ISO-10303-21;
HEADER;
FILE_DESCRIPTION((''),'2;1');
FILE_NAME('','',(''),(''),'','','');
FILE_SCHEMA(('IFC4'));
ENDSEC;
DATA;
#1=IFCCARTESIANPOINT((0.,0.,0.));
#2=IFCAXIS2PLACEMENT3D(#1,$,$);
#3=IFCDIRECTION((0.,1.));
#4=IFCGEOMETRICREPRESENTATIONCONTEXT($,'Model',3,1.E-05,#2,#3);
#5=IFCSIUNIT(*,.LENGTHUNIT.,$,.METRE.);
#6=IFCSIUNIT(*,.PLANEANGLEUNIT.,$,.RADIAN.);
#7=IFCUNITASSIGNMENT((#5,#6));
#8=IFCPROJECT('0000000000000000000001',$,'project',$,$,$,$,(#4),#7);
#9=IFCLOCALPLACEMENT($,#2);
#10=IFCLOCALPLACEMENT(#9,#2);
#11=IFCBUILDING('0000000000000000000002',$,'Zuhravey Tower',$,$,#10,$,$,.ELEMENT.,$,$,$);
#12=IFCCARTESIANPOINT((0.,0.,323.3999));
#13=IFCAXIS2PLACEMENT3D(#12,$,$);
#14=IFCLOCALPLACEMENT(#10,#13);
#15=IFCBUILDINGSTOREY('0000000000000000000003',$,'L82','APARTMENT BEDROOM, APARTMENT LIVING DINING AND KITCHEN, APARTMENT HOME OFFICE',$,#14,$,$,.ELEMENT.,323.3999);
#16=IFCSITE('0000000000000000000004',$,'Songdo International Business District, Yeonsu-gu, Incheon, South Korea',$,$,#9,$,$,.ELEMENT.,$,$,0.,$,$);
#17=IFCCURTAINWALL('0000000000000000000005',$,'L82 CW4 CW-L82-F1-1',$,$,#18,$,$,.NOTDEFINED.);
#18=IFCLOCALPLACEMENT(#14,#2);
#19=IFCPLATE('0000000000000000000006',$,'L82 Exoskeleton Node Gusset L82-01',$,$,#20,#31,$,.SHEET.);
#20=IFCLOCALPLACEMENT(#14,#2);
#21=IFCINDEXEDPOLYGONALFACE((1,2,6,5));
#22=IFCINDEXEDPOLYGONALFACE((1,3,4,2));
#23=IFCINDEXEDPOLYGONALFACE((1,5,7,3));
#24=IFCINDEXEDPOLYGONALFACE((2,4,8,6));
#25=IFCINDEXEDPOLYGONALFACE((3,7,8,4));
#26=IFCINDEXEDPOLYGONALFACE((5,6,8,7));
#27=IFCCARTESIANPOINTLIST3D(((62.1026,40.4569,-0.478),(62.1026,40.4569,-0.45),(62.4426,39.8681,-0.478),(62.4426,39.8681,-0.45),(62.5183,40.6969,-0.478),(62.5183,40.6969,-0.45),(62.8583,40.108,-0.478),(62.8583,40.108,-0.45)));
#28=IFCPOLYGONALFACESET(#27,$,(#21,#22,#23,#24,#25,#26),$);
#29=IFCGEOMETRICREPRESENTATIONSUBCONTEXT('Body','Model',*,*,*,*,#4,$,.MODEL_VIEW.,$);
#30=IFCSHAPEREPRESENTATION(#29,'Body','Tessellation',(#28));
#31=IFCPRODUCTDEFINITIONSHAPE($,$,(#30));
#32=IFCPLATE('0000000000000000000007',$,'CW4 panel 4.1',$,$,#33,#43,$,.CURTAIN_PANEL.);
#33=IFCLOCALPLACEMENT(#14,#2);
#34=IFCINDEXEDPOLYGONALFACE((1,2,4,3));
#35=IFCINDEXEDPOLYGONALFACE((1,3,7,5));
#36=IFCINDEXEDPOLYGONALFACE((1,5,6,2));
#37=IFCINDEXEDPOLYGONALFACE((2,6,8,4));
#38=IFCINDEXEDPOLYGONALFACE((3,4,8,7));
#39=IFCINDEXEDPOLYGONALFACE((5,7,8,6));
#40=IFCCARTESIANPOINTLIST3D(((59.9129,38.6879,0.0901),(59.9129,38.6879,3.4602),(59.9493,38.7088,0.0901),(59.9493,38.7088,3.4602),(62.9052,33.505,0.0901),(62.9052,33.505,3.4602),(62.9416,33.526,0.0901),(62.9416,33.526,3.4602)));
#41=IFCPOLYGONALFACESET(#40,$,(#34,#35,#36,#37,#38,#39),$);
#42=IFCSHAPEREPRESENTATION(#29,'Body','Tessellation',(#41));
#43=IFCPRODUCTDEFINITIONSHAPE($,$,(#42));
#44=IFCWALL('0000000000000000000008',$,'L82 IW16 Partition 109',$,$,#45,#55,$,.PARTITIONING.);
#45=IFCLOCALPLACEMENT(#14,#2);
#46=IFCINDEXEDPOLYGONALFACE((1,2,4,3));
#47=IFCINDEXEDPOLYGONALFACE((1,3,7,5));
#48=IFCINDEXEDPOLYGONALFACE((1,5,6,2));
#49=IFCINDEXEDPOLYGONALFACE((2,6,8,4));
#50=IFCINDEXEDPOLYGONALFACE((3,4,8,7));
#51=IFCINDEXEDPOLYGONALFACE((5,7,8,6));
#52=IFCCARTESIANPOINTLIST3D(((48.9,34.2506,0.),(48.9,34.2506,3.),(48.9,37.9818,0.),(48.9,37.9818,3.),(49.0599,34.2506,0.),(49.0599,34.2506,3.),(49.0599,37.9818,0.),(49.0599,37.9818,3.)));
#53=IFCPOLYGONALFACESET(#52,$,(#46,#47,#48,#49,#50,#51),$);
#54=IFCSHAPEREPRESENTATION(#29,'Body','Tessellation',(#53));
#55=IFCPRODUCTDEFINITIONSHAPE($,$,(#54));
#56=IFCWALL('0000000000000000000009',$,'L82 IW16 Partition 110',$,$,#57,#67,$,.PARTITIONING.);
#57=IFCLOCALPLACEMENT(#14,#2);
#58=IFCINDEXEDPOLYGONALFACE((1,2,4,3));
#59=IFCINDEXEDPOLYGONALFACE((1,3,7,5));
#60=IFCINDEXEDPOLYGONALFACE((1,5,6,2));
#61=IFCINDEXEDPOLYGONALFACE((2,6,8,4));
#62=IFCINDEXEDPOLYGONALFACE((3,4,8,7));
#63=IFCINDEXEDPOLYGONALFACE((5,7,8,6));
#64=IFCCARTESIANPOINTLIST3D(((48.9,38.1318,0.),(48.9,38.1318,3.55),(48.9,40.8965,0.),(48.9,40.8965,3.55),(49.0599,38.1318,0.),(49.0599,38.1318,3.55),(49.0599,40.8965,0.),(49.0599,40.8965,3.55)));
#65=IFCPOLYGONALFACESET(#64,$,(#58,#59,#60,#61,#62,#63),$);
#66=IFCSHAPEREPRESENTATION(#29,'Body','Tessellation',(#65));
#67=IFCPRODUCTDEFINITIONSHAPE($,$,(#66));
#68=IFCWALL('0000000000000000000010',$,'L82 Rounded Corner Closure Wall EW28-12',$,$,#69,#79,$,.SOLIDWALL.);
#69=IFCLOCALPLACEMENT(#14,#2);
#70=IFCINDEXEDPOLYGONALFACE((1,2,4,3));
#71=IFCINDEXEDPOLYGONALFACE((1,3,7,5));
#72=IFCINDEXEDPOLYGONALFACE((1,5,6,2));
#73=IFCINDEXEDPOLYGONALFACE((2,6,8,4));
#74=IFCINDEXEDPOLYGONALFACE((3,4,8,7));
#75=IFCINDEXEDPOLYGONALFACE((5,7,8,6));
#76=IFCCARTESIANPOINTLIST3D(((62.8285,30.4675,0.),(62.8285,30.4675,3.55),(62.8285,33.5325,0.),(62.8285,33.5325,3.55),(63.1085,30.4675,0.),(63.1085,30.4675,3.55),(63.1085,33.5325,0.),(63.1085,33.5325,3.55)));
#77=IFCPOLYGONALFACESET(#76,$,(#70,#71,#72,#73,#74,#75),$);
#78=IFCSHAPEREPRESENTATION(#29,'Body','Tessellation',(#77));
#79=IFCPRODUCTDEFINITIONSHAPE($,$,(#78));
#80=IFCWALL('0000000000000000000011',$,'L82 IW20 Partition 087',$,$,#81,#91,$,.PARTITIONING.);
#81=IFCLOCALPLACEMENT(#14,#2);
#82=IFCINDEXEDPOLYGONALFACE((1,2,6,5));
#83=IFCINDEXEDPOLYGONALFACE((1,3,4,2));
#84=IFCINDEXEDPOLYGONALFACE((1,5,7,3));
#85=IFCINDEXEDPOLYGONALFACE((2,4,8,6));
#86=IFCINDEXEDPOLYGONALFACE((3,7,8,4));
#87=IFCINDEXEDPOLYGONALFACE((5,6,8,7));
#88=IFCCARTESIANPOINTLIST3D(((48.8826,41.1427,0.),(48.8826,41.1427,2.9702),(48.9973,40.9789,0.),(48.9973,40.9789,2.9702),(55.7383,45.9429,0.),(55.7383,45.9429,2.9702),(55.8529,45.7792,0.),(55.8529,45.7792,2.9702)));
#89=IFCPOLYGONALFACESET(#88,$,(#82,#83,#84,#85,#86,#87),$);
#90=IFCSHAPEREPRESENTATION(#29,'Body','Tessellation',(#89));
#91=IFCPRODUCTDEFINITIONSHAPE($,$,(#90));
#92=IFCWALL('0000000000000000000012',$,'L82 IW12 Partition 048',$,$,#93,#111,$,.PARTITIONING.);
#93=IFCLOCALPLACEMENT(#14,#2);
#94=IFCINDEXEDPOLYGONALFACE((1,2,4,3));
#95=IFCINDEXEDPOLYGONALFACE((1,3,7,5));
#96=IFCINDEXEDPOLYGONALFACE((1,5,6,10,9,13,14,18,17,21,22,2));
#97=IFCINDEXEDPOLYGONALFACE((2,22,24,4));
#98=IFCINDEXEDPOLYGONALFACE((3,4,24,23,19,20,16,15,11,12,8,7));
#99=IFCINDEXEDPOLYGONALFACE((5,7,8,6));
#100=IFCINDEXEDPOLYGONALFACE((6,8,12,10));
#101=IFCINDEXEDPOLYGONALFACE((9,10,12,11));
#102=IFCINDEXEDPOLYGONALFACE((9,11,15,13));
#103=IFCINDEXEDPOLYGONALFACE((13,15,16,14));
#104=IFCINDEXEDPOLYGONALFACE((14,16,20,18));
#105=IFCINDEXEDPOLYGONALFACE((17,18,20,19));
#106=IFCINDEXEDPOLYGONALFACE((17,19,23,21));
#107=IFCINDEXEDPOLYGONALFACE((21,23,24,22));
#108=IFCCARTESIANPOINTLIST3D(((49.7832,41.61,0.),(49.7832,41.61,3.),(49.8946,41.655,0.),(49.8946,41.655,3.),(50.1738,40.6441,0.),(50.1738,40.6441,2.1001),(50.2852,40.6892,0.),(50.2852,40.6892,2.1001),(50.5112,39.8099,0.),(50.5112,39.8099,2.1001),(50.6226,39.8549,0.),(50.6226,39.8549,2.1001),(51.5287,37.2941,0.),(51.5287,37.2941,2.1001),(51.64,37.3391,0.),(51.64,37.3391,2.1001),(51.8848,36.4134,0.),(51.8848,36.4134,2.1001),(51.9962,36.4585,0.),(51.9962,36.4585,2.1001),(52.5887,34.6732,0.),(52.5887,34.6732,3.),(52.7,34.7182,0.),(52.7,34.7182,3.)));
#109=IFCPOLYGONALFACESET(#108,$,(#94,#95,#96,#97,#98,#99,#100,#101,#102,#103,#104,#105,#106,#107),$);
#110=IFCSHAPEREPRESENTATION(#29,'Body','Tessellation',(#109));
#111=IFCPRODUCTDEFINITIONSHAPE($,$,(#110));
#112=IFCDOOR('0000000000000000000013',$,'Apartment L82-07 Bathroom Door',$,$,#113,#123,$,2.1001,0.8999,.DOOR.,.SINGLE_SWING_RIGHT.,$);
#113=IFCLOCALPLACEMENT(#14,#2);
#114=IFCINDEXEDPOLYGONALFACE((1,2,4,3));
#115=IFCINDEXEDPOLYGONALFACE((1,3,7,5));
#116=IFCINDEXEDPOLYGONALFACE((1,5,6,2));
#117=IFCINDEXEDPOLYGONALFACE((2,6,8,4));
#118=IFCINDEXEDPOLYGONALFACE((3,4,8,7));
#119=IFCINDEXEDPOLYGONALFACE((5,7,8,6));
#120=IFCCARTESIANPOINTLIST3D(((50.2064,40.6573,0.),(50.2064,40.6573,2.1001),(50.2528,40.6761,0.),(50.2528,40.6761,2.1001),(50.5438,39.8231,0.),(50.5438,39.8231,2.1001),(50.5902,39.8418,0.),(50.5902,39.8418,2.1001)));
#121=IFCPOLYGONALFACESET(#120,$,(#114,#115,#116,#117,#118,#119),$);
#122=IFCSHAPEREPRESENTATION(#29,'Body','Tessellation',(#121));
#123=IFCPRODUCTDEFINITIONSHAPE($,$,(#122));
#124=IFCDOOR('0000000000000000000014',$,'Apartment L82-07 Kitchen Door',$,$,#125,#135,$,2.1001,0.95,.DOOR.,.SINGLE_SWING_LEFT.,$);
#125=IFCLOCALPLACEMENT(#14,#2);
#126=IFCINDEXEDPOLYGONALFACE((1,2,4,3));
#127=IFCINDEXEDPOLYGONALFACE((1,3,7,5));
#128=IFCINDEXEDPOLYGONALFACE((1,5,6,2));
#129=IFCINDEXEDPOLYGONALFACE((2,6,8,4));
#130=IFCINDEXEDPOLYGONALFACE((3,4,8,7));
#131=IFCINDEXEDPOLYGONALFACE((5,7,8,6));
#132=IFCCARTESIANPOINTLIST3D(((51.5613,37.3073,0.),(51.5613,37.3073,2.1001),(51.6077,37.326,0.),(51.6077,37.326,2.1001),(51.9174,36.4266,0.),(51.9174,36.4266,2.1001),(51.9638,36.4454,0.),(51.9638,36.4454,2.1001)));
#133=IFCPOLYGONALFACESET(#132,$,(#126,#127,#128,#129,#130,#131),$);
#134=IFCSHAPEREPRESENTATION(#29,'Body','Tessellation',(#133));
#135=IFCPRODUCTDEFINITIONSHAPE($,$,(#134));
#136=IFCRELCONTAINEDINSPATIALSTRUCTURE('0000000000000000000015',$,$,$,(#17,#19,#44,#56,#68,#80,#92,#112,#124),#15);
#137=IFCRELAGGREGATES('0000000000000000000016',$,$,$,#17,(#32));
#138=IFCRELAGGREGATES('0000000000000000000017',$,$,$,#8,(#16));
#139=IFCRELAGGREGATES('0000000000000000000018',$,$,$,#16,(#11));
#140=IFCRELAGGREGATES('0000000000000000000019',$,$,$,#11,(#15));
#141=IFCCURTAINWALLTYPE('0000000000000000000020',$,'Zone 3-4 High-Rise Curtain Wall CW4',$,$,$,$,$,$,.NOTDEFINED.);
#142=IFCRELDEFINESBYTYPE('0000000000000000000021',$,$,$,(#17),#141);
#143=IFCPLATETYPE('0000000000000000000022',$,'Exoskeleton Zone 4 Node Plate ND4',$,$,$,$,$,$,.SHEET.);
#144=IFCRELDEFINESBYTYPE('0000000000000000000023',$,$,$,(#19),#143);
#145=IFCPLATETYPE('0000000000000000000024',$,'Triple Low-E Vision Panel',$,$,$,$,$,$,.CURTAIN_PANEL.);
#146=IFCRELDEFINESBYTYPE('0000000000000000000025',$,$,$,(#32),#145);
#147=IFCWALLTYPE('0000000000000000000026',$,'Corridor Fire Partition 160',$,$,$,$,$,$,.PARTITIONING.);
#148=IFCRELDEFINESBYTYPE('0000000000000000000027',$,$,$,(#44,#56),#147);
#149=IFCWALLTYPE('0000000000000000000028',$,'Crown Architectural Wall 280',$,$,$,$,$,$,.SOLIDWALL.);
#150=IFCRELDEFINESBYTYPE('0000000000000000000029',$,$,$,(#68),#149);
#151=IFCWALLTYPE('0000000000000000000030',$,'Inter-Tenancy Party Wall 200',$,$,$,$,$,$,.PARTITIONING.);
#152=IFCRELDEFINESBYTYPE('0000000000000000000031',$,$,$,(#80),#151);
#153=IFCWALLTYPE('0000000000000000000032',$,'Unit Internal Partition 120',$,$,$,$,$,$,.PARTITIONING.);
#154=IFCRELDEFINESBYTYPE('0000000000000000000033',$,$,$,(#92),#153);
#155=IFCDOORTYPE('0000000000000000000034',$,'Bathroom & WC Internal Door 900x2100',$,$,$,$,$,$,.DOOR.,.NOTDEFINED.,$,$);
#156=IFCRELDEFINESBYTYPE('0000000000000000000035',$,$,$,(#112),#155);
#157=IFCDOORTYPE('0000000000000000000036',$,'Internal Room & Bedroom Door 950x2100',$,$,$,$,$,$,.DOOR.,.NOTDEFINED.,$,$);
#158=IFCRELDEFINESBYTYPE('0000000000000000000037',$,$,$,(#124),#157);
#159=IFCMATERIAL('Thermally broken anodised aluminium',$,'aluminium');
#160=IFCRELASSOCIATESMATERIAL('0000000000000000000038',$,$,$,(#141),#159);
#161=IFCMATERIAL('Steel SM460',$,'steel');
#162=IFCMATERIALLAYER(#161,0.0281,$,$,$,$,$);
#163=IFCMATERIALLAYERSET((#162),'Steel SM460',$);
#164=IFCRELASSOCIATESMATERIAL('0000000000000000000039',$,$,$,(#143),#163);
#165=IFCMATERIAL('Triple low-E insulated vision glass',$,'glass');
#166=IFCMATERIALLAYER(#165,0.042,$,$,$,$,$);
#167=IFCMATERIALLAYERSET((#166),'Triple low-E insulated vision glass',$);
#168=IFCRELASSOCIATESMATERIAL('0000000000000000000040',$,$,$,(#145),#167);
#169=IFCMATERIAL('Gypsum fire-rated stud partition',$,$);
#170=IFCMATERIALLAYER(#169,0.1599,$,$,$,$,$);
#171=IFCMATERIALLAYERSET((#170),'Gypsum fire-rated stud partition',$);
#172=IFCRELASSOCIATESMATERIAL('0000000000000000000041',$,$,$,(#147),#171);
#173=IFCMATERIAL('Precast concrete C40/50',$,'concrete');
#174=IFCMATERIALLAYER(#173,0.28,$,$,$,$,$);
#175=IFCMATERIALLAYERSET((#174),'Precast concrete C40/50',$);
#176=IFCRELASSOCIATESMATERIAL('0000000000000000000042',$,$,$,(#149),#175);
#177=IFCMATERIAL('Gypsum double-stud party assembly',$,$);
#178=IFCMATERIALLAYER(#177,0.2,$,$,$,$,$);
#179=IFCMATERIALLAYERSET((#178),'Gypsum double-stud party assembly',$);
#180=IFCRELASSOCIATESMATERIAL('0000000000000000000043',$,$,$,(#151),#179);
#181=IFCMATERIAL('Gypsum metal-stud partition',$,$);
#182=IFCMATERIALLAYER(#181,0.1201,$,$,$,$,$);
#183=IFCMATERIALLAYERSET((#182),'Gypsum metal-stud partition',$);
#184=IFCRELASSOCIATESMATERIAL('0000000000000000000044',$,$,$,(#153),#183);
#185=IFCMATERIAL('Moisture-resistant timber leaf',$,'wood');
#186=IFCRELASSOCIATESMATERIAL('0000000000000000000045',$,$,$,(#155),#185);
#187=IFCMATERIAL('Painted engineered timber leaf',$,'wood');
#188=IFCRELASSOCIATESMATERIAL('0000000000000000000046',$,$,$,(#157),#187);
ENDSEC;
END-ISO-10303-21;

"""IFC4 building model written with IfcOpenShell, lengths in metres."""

from ifc_helpers import new_model, si_unit, direction, frame, frame_2d, origin, origin_2d, place, context, subcontext, project, spatial, rectangle, extrude, material, layer, layer_set, type_object, element, fill, aggregate, save


model = new_model("IFC4")

# Units and contexts
model_context = context("Model", 3, precision=1e-05, world=origin(), true_north=direction((0.0, 1.0)))
body_context = subcontext(model_context, "Body", "Model", "MODEL_VIEW")
ifc_project = project(units=[si_unit("LENGTHUNIT", "METRE"), si_unit("PLANEANGLEUNIT", "RADIAN")], contexts=[model_context])

# Site, building, storey
site_placement = place(None, origin())
site = spatial("IfcSite", under=ifc_project, at=site_placement, Name="Songdo International Business District, Yeonsu-gu, Incheon, South Korea", CompositionType="ELEMENT", RefElevation=0.0)
building_placement = place(site_placement, origin())
building = spatial("IfcBuilding", under=site, at=building_placement, Name="Zuhravey Tower", CompositionType="ELEMENT")
storey_placement = place(building_placement, frame((0.0, 0.0, 323.3999)))
storey = spatial("IfcBuildingStorey", under=building, at=storey_placement, Name="L82", Description="APARTMENT BEDROOM, APARTMENT LIVING DINING AND KITCHEN, APARTMENT HOME OFFICE", CompositionType="ELEMENT", Elevation=323.3999)

# Curtain wall
ifc_material_1 = material(Name="Thermally broken anodised aluminium", Category="aluminium")
curtain_wall_type = type_object("IfcCurtainWallType", Name="Zone 3-4 High-Rise Curtain Wall CW4", PredefinedType="NOTDEFINED", material=ifc_material_1)
curtain_wall_placement = place(storey_placement, origin())
curtain_wall = element("IfcCurtainWall", 1, at=curtain_wall_placement, inside=storey, type_object=curtain_wall_type, Name="L82 CW4 CW-L82-F1-1", PredefinedType="NOTDEFINED")

# Plates
ifc_material_2 = material(Name="Steel SM460", Category="steel")
ifc_layer_1 = layer(ifc_material_2, 0.0281)
ifc_layer_set_1 = layer_set([ifc_layer_1], Name="Steel SM460")
plate_type_1 = type_object("IfcPlateType", Name="Exoskeleton Zone 4 Node Plate ND4", PredefinedType="SHEET", material=ifc_layer_set_1)
plate_1_placement = place(storey_placement, frame((62.4805, 40.2825, -0.478), z_axis=(0.0, 0.0, 1.0), x_axis=(-0.5, 0.866025, 0.0)))
element("IfcPlate", 2, at=plate_1_placement, inside=storey, type_object=plate_type_1, Name="L82 Exoskeleton Node Gusset L82-01", PredefinedType="SHEET", context=body_context, shape_type="SweptSolid", body=[
    extrude(rectangle(XDim=0.6799, YDim=0.48, at=origin_2d()), origin(), (0.0, 0.0, 1.0), 0.0281),
])
ifc_material_3 = material(Name="Triple low-E insulated vision glass", Category="glass")
ifc_layer_2 = layer(ifc_material_3, 0.042)
ifc_layer_set_2 = layer_set([ifc_layer_2], Name="Triple low-E insulated vision glass")
plate_type_2 = type_object("IfcPlateType", Name="Triple Low-E Vision Panel", PredefinedType="CURTAIN_PANEL", material=ifc_layer_set_2)
plate_2_placement = place(storey_placement, frame((61.4272, 36.1069, 0.0901), z_axis=(0.0, 0.0, 1.0), x_axis=(0.5, -0.866026, 0.0)))
plate_2 = element("IfcPlate", 3, at=plate_2_placement, type_object=plate_type_2, Name="CW4 panel 4.1", PredefinedType="CURTAIN_PANEL", context=body_context, shape_type="SweptSolid", body=[
    extrude(rectangle(XDim=5.9846, YDim=0.042, at=origin_2d()), origin(), (0.0, 0.0, 1.0), 3.3701),
])
aggregate(curtain_wall, [plate_2])

# Walls
ifc_material_4 = material(Name="Gypsum fire-rated stud partition")
ifc_layer_3 = layer(ifc_material_4, 0.1599)
ifc_layer_set_3 = layer_set([ifc_layer_3], Name="Gypsum fire-rated stud partition")
wall_type_1 = type_object("IfcWallType", Name="Corridor Fire Partition 160", PredefinedType="PARTITIONING", material=ifc_layer_set_3)
wall_1_placement = place(storey_placement, frame((48.98, 34.2505, 0.0), z_axis=(0.0, 0.0, 1.0), x_axis=(0.0, 1.0, 0.0)))
element("IfcWall", 4, at=wall_1_placement, inside=storey, type_object=wall_type_1, Name="L82 IW16 Partition 109", PredefinedType="PARTITIONING", context=body_context, shape_type="SweptSolid", body=[
    extrude(rectangle(XDim=3.7312, YDim=0.1599, at=frame_2d((1.8657, 0.0))), origin(), (0.0, 0.0, 1.0), 3.0),
])
wall_2_placement = place(storey_placement, frame((48.98, 38.1318, 0.0), z_axis=(0.0, 0.0, 1.0), x_axis=(0.0, 1.0, 0.0)))
element("IfcWall", 5, at=wall_2_placement, inside=storey, type_object=wall_type_1, Name="L82 IW16 Partition 110", PredefinedType="PARTITIONING", context=body_context, shape_type="SweptSolid", body=[
    extrude(rectangle(XDim=2.7646, YDim=0.1599, at=frame_2d((1.3823, 0.0))), origin(), (0.0, 0.0, 1.0), 3.55),
])
ifc_material_5 = material(Name="Precast concrete C40/50", Category="concrete")
ifc_layer_4 = layer(ifc_material_5, 0.28)
ifc_layer_set_4 = layer_set([ifc_layer_4], Name="Precast concrete C40/50")
wall_type_2 = type_object("IfcWallType", Name="Crown Architectural Wall 280", PredefinedType="SOLIDWALL", material=ifc_layer_set_4)
wall_3_placement = place(storey_placement, frame((62.9685, 33.5325, 0.0), z_axis=(0.0, 0.0, 1.0), x_axis=(0.0, -1.0, 0.0)))
element("IfcWall", 6, at=wall_3_placement, inside=storey, type_object=wall_type_2, Name="L82 Rounded Corner Closure Wall EW28-12", PredefinedType="SOLIDWALL", context=body_context, shape_type="SweptSolid", body=[
    extrude(rectangle(XDim=3.0649, YDim=0.28, at=frame_2d((1.5325, 0.0))), origin(), (0.0, 0.0, 1.0), 3.55),
])
ifc_material_6 = material(Name="Gypsum double-stud party assembly")
ifc_layer_5 = layer(ifc_material_6, 0.2)
ifc_layer_set_5 = layer_set([ifc_layer_5], Name="Gypsum double-stud party assembly")
wall_type_3 = type_object("IfcWallType", Name="Inter-Tenancy Party Wall 200", PredefinedType="PARTITIONING", material=ifc_layer_set_5)
wall_4_placement = place(storey_placement, frame((48.9399, 41.0608, 0.0), z_axis=(0.0, 0.0, 1.0), x_axis=(0.819159, 0.573566, 0.0)))
element("IfcWall", 7, at=wall_4_placement, inside=storey, type_object=wall_type_3, Name="L82 IW20 Partition 087", PredefinedType="PARTITIONING", context=body_context, shape_type="SweptSolid", body=[
    extrude(rectangle(XDim=8.3691, YDim=0.2, at=frame_2d((4.1846, 0.0))), origin(), (0.0, 0.0, 1.0), 2.9702),
])

# Wall, openings, doors
ifc_material_7 = material(Name="Gypsum metal-stud partition")
ifc_layer_6 = layer(ifc_material_7, 0.1201)
ifc_layer_set_6 = layer_set([ifc_layer_6], Name="Gypsum metal-stud partition")
wall_type_4 = type_object("IfcWallType", Name="Unit Internal Partition 120", PredefinedType="PARTITIONING", material=ifc_layer_set_6)
wall_5_placement = place(storey_placement, frame((52.6443, 34.6958, 0.0), z_axis=(0.0, 0.0, 1.0), x_axis=(-0.374926, 0.927055, 0.0)))
wall_5 = element("IfcWall", 8, at=wall_5_placement, inside=storey, type_object=wall_type_4, Name="L82 IW12 Partition 048", PredefinedType="PARTITIONING", context=body_context, shape_type="SweptSolid", body=[
    extrude(rectangle(XDim=7.4827, YDim=0.1201, at=frame_2d((3.7412, 0.0))), origin(), (0.0, 0.0, 1.0), 3.0),
])
opening_1_placement = place(wall_5_placement, frame((1.877, 0.0, 0.0)))
opening_1 = element("IfcOpeningElement", 9, at=opening_1_placement, cuts=wall_5, PredefinedType="OPENING", context=body_context, shape_type="SweptSolid", body=[
    extrude(rectangle(XDim=0.95, YDim=2.1001, at=frame_2d((0.4751, 1.05))), frame((0.0, 0.072, 0.0), z_axis=(0.0, -1.0, 0.0), x_axis=(1.0, 0.0, 0.0)), (0.0, 0.0, 1.0), 0.144),
])
opening_2_placement = place(wall_5_placement, frame((5.5408, 0.0, 0.0)))
opening_2 = element("IfcOpeningElement", 10, at=opening_2_placement, cuts=wall_5, PredefinedType="OPENING", context=body_context, shape_type="SweptSolid", body=[
    extrude(rectangle(XDim=0.8999, YDim=2.1001, at=frame_2d((0.45, 1.05))), frame((0.0, 0.072, 0.0), z_axis=(0.0, -1.0, 0.0), x_axis=(1.0, 0.0, 0.0)), (0.0, 0.0, 1.0), 0.144),
])
ifc_material_8 = material(Name="Moisture-resistant timber leaf", Category="wood")
door_type_1 = type_object("IfcDoorType", Name="Bathroom & WC Internal Door 900x2100", OperationType="NOTDEFINED", PredefinedType="DOOR", material=ifc_material_8)
door_1_placement = place(opening_2_placement, origin())
door_1 = element("IfcDoor", 11, at=door_1_placement, inside=storey, type_object=door_type_1, Name="Apartment L82-07 Bathroom Door", OperationType="SINGLE_SWING_RIGHT", OverallHeight=2.1001, OverallWidth=0.8999, PredefinedType="DOOR", context=body_context, shape_type="SweptSolid", body=[
    extrude(rectangle(XDim=0.8999, YDim=2.1001, at=frame_2d((0.45, 1.05))), frame((0.0, 0.0249, 0.0), z_axis=(0.0, -1.0, 0.0), x_axis=(1.0, 0.0, 0.0)), (0.0, 0.0, 1.0), 0.05),
])
fill(opening_2, door_1)
ifc_material_9 = material(Name="Painted engineered timber leaf", Category="wood")
door_type_2 = type_object("IfcDoorType", Name="Internal Room & Bedroom Door 950x2100", OperationType="NOTDEFINED", PredefinedType="DOOR", material=ifc_material_9)
door_2_placement = place(opening_1_placement, origin())
door_2 = element("IfcDoor", 12, at=door_2_placement, inside=storey, type_object=door_type_2, Name="Apartment L82-07 Kitchen Door", OperationType="SINGLE_SWING_LEFT", OverallHeight=2.1001, OverallWidth=0.95, PredefinedType="DOOR", context=body_context, shape_type="SweptSolid", body=[
    extrude(rectangle(XDim=0.95, YDim=2.1001, at=frame_2d((0.4751, 1.05))), frame((0.0, 0.0249, 0.0), z_axis=(0.0, -1.0, 0.0), x_axis=(1.0, 0.0, 0.0)), (0.0, 0.0, 1.0), 0.05),
])
fill(opening_1, door_2)

save(model, "model.ifc")
